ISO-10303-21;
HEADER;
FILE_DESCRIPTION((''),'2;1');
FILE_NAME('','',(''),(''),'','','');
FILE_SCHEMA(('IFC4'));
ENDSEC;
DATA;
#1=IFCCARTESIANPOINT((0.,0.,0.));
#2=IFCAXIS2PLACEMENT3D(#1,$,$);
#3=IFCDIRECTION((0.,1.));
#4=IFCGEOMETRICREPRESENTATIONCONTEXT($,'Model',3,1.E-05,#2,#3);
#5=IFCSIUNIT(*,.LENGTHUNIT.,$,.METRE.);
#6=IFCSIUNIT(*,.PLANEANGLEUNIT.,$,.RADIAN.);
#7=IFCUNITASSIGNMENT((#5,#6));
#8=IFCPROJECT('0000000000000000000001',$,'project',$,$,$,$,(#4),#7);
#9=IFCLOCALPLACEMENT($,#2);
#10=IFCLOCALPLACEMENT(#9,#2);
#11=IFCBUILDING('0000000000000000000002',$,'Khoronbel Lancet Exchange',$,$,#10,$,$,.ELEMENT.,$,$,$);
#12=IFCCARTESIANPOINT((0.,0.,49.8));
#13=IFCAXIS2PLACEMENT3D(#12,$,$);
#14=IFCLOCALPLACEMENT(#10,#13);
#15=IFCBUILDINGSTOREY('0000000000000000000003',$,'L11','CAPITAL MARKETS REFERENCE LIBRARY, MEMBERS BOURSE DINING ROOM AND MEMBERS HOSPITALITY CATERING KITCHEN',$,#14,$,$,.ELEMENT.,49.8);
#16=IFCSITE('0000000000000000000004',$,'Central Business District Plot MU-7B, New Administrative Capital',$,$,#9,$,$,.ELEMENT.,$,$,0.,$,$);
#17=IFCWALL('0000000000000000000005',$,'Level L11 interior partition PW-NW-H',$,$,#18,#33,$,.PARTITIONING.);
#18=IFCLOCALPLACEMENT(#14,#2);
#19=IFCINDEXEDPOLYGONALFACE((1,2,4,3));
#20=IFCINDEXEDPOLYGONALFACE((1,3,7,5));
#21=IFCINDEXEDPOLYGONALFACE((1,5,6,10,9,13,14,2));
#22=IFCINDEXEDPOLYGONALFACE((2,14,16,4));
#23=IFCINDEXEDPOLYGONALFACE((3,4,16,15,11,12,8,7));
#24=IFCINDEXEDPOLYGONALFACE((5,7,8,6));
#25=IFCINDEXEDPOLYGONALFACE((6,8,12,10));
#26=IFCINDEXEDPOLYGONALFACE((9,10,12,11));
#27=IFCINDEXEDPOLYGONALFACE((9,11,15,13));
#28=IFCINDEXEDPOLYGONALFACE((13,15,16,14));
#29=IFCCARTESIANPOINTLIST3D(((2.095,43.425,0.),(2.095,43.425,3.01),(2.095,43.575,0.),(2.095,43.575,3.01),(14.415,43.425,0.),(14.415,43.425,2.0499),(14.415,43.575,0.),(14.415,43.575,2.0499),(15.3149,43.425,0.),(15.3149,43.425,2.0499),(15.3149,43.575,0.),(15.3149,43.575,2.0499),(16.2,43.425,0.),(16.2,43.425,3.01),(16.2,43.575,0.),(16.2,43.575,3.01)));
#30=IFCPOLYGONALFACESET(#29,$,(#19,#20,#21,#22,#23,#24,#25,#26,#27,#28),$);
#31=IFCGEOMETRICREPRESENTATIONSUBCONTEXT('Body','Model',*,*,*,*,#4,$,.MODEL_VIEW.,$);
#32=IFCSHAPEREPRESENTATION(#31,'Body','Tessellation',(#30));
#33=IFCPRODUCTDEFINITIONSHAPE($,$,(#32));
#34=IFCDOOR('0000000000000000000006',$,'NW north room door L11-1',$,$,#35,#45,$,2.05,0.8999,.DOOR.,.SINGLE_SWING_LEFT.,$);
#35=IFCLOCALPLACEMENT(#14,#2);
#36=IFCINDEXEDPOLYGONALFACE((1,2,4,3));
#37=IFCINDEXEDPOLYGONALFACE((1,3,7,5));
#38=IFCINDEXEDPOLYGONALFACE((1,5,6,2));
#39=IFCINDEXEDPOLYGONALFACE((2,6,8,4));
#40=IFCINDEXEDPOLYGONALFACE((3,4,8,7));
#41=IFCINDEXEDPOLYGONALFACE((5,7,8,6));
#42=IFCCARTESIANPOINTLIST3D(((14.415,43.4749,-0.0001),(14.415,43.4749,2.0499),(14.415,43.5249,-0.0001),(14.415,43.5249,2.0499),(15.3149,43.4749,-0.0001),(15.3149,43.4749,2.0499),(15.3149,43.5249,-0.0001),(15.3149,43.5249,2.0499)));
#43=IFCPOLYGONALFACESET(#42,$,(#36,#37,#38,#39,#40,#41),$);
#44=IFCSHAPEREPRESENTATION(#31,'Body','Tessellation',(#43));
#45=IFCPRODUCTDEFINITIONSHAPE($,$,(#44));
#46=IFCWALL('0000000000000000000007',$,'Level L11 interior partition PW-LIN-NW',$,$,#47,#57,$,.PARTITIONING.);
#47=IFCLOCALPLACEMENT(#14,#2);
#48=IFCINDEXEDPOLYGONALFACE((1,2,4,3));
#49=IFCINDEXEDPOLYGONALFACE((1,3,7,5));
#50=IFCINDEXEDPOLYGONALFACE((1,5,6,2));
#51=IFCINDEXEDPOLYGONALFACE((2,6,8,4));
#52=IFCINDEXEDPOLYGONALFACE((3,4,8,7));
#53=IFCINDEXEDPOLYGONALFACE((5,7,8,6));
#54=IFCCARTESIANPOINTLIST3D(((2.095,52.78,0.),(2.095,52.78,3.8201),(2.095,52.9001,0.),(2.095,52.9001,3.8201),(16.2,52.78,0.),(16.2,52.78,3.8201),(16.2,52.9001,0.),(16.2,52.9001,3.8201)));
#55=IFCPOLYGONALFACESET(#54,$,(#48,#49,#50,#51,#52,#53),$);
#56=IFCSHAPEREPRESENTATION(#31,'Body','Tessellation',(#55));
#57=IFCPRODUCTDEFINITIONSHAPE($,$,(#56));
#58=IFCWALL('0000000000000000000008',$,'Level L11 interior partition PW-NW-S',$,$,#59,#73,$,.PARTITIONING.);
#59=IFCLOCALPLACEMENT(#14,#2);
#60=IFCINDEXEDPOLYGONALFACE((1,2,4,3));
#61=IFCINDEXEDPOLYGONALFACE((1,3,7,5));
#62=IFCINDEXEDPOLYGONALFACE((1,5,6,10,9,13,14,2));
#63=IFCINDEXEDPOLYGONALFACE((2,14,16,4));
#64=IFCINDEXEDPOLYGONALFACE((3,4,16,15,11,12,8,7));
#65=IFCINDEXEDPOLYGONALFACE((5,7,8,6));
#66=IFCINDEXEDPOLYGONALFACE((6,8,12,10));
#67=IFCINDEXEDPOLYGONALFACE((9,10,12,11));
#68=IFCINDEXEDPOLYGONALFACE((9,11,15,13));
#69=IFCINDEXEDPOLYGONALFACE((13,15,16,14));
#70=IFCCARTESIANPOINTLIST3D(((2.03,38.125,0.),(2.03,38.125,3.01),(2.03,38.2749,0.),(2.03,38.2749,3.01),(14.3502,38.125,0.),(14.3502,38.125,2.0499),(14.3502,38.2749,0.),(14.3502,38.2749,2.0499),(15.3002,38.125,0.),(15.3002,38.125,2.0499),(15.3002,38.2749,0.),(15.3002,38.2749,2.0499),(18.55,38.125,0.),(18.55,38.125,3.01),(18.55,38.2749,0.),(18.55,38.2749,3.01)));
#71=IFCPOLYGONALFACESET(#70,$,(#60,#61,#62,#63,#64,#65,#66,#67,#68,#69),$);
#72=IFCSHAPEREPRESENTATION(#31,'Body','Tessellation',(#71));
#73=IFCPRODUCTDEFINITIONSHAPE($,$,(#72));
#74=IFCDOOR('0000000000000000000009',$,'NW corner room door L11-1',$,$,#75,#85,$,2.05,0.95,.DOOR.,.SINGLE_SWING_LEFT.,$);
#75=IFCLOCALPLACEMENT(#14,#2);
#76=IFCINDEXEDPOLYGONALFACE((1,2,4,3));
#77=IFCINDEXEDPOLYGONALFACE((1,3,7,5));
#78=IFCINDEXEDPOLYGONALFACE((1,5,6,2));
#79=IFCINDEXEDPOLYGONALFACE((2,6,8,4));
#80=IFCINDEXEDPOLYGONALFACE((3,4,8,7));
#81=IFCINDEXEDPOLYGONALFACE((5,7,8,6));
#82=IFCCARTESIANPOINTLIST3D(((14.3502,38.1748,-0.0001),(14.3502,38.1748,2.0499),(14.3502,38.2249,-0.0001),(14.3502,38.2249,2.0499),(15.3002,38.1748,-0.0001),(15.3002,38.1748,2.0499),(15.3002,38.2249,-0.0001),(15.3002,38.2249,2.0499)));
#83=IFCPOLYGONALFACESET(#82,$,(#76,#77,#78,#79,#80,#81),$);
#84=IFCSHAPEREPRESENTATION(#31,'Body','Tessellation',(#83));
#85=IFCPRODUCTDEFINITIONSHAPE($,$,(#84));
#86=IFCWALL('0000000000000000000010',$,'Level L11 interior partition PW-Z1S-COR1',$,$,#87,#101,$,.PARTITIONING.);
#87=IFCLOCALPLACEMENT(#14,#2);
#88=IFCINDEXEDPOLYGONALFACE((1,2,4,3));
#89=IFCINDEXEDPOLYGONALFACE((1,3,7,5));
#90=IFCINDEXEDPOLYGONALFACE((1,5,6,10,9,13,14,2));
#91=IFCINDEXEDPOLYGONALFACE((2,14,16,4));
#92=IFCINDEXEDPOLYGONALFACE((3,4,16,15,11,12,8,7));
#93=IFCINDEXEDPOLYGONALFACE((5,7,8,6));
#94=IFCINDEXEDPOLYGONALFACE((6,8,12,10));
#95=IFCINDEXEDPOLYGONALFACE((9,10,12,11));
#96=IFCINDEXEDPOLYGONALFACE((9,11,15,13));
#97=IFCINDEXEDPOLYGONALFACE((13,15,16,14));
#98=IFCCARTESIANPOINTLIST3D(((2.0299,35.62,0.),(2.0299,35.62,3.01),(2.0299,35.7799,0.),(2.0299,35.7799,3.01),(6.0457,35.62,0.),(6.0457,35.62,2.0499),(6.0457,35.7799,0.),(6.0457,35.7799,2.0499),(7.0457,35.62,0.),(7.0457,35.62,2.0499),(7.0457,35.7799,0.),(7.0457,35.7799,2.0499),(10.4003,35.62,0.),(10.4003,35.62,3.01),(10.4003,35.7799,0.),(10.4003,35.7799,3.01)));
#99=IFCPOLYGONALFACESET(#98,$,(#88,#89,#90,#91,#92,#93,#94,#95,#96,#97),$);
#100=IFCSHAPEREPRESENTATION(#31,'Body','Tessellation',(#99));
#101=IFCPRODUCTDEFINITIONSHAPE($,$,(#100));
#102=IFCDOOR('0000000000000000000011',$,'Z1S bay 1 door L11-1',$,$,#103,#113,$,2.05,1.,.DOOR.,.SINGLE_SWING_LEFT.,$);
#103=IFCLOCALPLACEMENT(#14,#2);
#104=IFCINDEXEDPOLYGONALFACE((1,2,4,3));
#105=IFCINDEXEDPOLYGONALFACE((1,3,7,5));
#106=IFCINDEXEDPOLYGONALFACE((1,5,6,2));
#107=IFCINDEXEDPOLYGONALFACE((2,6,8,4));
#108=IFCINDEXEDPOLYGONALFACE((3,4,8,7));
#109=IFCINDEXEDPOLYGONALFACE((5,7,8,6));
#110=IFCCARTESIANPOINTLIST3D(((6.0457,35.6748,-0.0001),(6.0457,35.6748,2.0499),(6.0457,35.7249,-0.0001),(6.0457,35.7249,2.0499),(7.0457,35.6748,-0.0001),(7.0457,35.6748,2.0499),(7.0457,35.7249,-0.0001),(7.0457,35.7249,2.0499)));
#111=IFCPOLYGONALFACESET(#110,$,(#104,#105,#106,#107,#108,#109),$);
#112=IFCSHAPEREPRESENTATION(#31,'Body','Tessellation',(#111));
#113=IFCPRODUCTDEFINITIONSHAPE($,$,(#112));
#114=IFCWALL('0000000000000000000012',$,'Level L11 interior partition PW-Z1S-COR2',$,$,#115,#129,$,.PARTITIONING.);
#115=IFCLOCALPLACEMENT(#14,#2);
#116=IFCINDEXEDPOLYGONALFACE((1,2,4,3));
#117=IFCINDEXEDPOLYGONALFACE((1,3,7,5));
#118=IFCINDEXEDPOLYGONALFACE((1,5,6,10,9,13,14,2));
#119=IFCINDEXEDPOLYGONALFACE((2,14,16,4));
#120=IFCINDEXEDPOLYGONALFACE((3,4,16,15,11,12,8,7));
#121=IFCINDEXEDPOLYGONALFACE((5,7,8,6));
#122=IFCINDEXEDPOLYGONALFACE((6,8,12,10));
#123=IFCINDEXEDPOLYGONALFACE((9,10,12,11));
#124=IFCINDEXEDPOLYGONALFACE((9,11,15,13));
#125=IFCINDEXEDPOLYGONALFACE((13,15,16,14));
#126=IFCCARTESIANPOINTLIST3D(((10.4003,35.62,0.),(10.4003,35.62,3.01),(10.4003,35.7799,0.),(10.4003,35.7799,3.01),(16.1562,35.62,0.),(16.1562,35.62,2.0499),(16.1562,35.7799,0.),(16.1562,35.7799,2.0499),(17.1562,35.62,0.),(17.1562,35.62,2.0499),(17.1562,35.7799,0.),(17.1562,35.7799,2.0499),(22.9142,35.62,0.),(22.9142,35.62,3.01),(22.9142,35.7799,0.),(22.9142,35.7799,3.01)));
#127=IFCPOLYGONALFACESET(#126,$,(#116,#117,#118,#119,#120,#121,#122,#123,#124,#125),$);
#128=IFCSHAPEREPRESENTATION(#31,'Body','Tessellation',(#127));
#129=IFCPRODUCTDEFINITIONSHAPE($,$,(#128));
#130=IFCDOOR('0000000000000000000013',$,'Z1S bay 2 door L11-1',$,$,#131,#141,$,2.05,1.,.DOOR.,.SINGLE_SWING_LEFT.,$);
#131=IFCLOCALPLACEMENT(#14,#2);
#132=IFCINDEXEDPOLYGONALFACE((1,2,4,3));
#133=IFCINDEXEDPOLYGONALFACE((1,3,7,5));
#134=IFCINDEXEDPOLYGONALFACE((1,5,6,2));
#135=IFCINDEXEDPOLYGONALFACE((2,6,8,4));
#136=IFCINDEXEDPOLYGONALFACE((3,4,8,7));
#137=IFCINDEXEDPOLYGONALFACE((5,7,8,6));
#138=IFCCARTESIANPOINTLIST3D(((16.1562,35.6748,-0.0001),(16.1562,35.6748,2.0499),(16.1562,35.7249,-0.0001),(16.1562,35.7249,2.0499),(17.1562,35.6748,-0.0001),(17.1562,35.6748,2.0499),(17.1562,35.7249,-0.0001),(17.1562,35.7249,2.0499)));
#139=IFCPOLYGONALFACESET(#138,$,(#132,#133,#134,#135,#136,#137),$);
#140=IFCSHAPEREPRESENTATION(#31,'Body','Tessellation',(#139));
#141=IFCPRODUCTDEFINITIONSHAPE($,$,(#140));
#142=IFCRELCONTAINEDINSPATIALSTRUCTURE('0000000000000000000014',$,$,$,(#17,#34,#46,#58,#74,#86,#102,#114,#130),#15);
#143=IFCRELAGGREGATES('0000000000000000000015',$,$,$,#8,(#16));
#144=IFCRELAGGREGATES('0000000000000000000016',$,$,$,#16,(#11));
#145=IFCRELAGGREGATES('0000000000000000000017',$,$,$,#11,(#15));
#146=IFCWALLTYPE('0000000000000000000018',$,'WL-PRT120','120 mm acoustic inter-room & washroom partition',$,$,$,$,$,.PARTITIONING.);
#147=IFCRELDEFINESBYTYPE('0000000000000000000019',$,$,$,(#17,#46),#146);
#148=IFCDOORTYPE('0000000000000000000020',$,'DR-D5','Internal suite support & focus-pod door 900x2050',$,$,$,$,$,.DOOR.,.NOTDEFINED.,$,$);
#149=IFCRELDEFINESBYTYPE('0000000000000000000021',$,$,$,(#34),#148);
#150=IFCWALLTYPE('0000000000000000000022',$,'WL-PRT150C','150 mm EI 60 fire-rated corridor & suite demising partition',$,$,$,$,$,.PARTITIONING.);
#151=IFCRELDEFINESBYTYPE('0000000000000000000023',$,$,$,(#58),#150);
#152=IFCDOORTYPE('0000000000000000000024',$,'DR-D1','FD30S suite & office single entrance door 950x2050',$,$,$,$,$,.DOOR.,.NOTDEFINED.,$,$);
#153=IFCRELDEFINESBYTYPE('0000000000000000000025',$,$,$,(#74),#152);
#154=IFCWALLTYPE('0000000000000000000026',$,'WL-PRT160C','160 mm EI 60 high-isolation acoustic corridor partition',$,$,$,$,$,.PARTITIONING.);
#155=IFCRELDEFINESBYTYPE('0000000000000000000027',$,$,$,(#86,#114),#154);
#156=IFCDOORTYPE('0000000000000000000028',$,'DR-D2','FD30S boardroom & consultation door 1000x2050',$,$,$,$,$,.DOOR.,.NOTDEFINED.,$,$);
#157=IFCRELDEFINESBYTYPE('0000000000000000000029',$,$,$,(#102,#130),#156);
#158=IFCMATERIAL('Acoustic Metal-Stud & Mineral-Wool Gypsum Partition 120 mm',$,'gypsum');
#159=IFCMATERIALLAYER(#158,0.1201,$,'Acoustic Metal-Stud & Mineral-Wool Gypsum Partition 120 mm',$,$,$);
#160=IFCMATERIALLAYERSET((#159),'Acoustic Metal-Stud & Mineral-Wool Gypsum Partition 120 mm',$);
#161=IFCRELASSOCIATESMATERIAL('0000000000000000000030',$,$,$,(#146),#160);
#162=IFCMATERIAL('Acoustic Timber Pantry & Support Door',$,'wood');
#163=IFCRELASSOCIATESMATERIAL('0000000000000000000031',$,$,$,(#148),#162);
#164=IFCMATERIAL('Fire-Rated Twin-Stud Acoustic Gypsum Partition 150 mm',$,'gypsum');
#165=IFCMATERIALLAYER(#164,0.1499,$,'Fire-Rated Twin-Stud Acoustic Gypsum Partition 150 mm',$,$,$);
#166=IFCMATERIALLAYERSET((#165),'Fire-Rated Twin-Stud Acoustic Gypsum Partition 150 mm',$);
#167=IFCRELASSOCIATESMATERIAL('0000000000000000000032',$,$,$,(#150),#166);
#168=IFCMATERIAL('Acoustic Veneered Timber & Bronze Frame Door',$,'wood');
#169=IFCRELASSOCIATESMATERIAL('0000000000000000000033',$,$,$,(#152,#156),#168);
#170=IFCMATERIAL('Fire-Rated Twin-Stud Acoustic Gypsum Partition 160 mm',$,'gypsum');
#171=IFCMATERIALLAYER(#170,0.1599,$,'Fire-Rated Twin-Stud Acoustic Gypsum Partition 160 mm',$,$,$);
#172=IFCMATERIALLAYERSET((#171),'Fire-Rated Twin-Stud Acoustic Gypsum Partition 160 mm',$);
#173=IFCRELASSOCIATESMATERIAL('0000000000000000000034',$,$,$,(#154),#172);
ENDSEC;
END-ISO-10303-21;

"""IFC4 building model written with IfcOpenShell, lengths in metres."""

from ifc_helpers import new_model, si_unit, direction, frame, frame_2d, origin, place, context, subcontext, project, spatial, rectangle, extrude, material, layer, layer_set, type_object, element, fill, save


model = new_model("IFC4")

# Units and contexts
model_context = context("Model", 3, precision=1e-05, world=origin(), true_north=direction((0.0, 1.0)))
body_context = subcontext(model_context, "Body", "Model", "MODEL_VIEW")
ifc_project = project(units=[si_unit("LENGTHUNIT", "METRE"), si_unit("PLANEANGLEUNIT", "RADIAN")], contexts=[model_context])

# Site, building, storey
site_placement = place(None, origin())
site = spatial("IfcSite", under=ifc_project, at=site_placement, Name="Central Business District Plot MU-7B, New Administrative Capital", CompositionType="ELEMENT", RefElevation=0.0)
building_placement = place(site_placement, origin())
building = spatial("IfcBuilding", under=site, at=building_placement, Name="Khoronbel Lancet Exchange", CompositionType="ELEMENT")
storey_placement = place(building_placement, frame((0.0, 0.0, 49.8)))
storey = spatial("IfcBuildingStorey", under=building, at=storey_placement, Name="L11", Description="CAPITAL MARKETS REFERENCE LIBRARY, MEMBERS BOURSE DINING ROOM AND MEMBERS HOSPITALITY CATERING KITCHEN", CompositionType="ELEMENT", Elevation=49.8)

# Wall, opening, door
ifc_material_1 = material(Name="Acoustic Metal-Stud & Mineral-Wool Gypsum Partition 120 mm", Category="gypsum")
ifc_layer_1 = layer(ifc_material_1, 0.1201, Name="Acoustic Metal-Stud & Mineral-Wool Gypsum Partition 120 mm")
ifc_layer_set_1 = layer_set([ifc_layer_1], Name="Acoustic Metal-Stud & Mineral-Wool Gypsum Partition 120 mm")
wall_type_1 = type_object("IfcWallType", Name="WL-PRT120", Description="120 mm acoustic inter-room & washroom partition", PredefinedType="PARTITIONING", material=ifc_layer_set_1)
wall_1_placement = place(storey_placement, frame((2.095, 43.5, 0.0), z_axis=(0.0, 0.0, 1.0), x_axis=(1.0, 0.0, 0.0)))
wall_1 = element("IfcWall", 1, at=wall_1_placement, inside=storey, type_object=wall_type_1, Name="Level L11 interior partition PW-NW-H", PredefinedType="PARTITIONING", context=body_context, shape_type="SweptSolid", body=[
    extrude(rectangle(XDim=14.105, YDim=0.1499, at=frame_2d((7.0525, 0.0))), origin(), (0.0, 0.0, 1.0), 3.01),
])
opening_1_placement = place(wall_1_placement, frame((12.3201, 0.0, 0.0)))
opening_1 = element("IfcOpeningElement", 2, at=opening_1_placement, cuts=wall_1, PredefinedType="OPENING", context=body_context, shape_type="SweptSolid", body=[
    extrude(rectangle(XDim=0.8999, YDim=2.05, at=frame_2d((0.45, 1.0249))), frame((0.0, 0.085, 0.0), z_axis=(0.0, -1.0, 0.0), x_axis=(1.0, 0.0, 0.0)), (0.0, 0.0, 1.0), 0.1699),
])
ifc_material_2 = material(Name="Acoustic Timber Pantry & Support Door", Category="wood")
door_type_1 = type_object("IfcDoorType", Name="DR-D5", Description="Internal suite support & focus-pod door 900x2050", OperationType="NOTDEFINED", PredefinedType="DOOR", material=ifc_material_2)
door_1_placement = place(opening_1_placement, origin())
door_1 = element("IfcDoor", 3, at=door_1_placement, inside=storey, type_object=door_type_1, Name="NW north room door L11-1", OperationType="SINGLE_SWING_LEFT", OverallHeight=2.05, OverallWidth=0.8999, PredefinedType="DOOR", context=body_context, shape_type="SweptSolid", body=[
    extrude(rectangle(XDim=0.8999, YDim=2.05, at=frame_2d((0.45, 1.0249))), frame((0.0, 0.0249, 0.0), z_axis=(0.0, -1.0, 0.0), x_axis=(1.0, 0.0, 0.0)), (0.0, 0.0, 1.0), 0.05),
])
fill(opening_1, door_1)

# Wall
wall_2_placement = place(storey_placement, frame((2.095, 52.8401, 0.0), z_axis=(0.0, 0.0, 1.0), x_axis=(1.0, 0.0, 0.0)))
element("IfcWall", 4, at=wall_2_placement, inside=storey, type_object=wall_type_1, Name="Level L11 interior partition PW-LIN-NW", PredefinedType="PARTITIONING", context=body_context, shape_type="SweptSolid", body=[
    extrude(rectangle(XDim=14.105, YDim=0.1201, at=frame_2d((7.0525, 0.0))), origin(), (0.0, 0.0, 1.0), 3.8201),
])

# Walls, openings, doors
ifc_material_3 = material(Name="Fire-Rated Twin-Stud Acoustic Gypsum Partition 150 mm", Category="gypsum")
ifc_layer_2 = layer(ifc_material_3, 0.1499, Name="Fire-Rated Twin-Stud Acoustic Gypsum Partition 150 mm")
ifc_layer_set_2 = layer_set([ifc_layer_2], Name="Fire-Rated Twin-Stud Acoustic Gypsum Partition 150 mm")
wall_type_2 = type_object("IfcWallType", Name="WL-PRT150C", Description="150 mm EI 60 fire-rated corridor & suite demising partition", PredefinedType="PARTITIONING", material=ifc_layer_set_2)
wall_3_placement = place(storey_placement, frame((2.03, 38.2, 0.0), z_axis=(0.0, 0.0, 1.0), x_axis=(1.0, 0.0, 0.0)))
wall_3 = element("IfcWall", 5, at=wall_3_placement, inside=storey, type_object=wall_type_2, Name="Level L11 interior partition PW-NW-S", PredefinedType="PARTITIONING", context=body_context, shape_type="SweptSolid", body=[
    extrude(rectangle(XDim=16.52, YDim=0.1499, at=frame_2d((8.26, 0.0))), origin(), (0.0, 0.0, 1.0), 3.01),
])
opening_2_placement = place(wall_3_placement, frame((12.3201, 0.0, 0.0)))
opening_2 = element("IfcOpeningElement", 6, at=opening_2_placement, cuts=wall_3, PredefinedType="OPENING", context=body_context, shape_type="SweptSolid", body=[
    extrude(rectangle(XDim=0.95, YDim=2.05, at=frame_2d((0.4751, 1.0249))), frame((0.0, 0.085, 0.0), z_axis=(0.0, -1.0, 0.0), x_axis=(1.0, 0.0, 0.0)), (0.0, 0.0, 1.0), 0.1699),
])
ifc_material_4 = material(Name="Acoustic Veneered Timber & Bronze Frame Door", Category="wood")
door_type_2 = type_object("IfcDoorType", Name="DR-D1", Description="FD30S suite & office single entrance door 950x2050", OperationType="NOTDEFINED", PredefinedType="DOOR", material=ifc_material_4)
door_2_placement = place(opening_2_placement, origin())
door_2 = element("IfcDoor", 7, at=door_2_placement, inside=storey, type_object=door_type_2, Name="NW corner room door L11-1", OperationType="SINGLE_SWING_LEFT", OverallHeight=2.05, OverallWidth=0.95, PredefinedType="DOOR", context=body_context, shape_type="SweptSolid", body=[
    extrude(rectangle(XDim=0.95, YDim=2.05, at=frame_2d((0.4751, 1.0249))), frame((0.0, 0.0249, 0.0), z_axis=(0.0, -1.0, 0.0), x_axis=(1.0, 0.0, 0.0)), (0.0, 0.0, 1.0), 0.05),
])
fill(opening_2, door_2)
ifc_material_5 = material(Name="Fire-Rated Twin-Stud Acoustic Gypsum Partition 160 mm", Category="gypsum")
ifc_layer_3 = layer(ifc_material_5, 0.1599, Name="Fire-Rated Twin-Stud Acoustic Gypsum Partition 160 mm")
ifc_layer_set_3 = layer_set([ifc_layer_3], Name="Fire-Rated Twin-Stud Acoustic Gypsum Partition 160 mm")
wall_type_3 = type_object("IfcWallType", Name="WL-PRT160C", Description="160 mm EI 60 high-isolation acoustic corridor partition", PredefinedType="PARTITIONING", material=ifc_layer_set_3)
wall_4_placement = place(storey_placement, frame((2.03, 35.7, 0.0), z_axis=(0.0, 0.0, 1.0), x_axis=(1.0, 0.0, 0.0)))
wall_4 = element("IfcWall", 8, at=wall_4_placement, inside=storey, type_object=wall_type_3, Name="Level L11 interior partition PW-Z1S-COR1", PredefinedType="PARTITIONING", context=body_context, shape_type="SweptSolid", body=[
    extrude(rectangle(XDim=8.3704, YDim=0.1599, at=frame_2d((4.1851, 0.0))), origin(), (0.0, 0.0, 1.0), 3.01),
])
opening_3_placement = place(wall_4_placement, frame((4.0156, 0.0, 0.0)))
opening_3 = element("IfcOpeningElement", 9, at=opening_3_placement, cuts=wall_4, PredefinedType="OPENING", context=body_context, shape_type="SweptSolid", body=[
    extrude(rectangle(XDim=1.0, YDim=2.05, at=frame_2d((0.5, 1.0249))), frame((0.0, 0.0898, 0.0), z_axis=(0.0, -1.0, 0.0), x_axis=(1.0, 0.0, 0.0)), (0.0, 0.0, 1.0), 0.1799),
])
door_type_3 = type_object("IfcDoorType", Name="DR-D2", Description="FD30S boardroom & consultation door 1000x2050", OperationType="NOTDEFINED", PredefinedType="DOOR", material=ifc_material_4)
door_3_placement = place(opening_3_placement, origin())
door_3 = element("IfcDoor", 10, at=door_3_placement, inside=storey, type_object=door_type_3, Name="Z1S bay 1 door L11-1", OperationType="SINGLE_SWING_LEFT", OverallHeight=2.05, OverallWidth=1.0, PredefinedType="DOOR", context=body_context, shape_type="SweptSolid", body=[
    extrude(rectangle(XDim=1.0, YDim=2.05, at=frame_2d((0.5, 1.0249))), frame((0.0, 0.0249, 0.0), z_axis=(0.0, -1.0, 0.0), x_axis=(1.0, 0.0, 0.0)), (0.0, 0.0, 1.0), 0.05),
])
fill(opening_3, door_3)
wall_5_placement = place(storey_placement, frame((10.4004, 35.7, 0.0), z_axis=(0.0, 0.0, 1.0), x_axis=(1.0, 0.0, 0.0)))
wall_5 = element("IfcWall", 11, at=wall_5_placement, inside=storey, type_object=wall_type_3, Name="Level L11 interior partition PW-Z1S-COR2", PredefinedType="PARTITIONING", context=body_context, shape_type="SweptSolid", body=[
    extrude(rectangle(XDim=12.5139, YDim=0.1599, at=frame_2d((6.2568, 0.0))), origin(), (0.0, 0.0, 1.0), 3.01),
])
opening_4_placement = place(wall_5_placement, frame((5.7559, 0.0, 0.0)))
opening_4 = element("IfcOpeningElement", 12, at=opening_4_placement, cuts=wall_5, PredefinedType="OPENING", context=body_context, shape_type="SweptSolid", body=[
    extrude(rectangle(XDim=1.0, YDim=2.05, at=frame_2d((0.5, 1.0249))), frame((0.0, 0.0898, 0.0), z_axis=(0.0, -1.0, 0.0), x_axis=(1.0, 0.0, 0.0)), (0.0, 0.0, 1.0), 0.1799),
])
door_4_placement = place(opening_4_placement, origin())
door_4 = element("IfcDoor", 13, at=door_4_placement, inside=storey, type_object=door_type_3, Name="Z1S bay 2 door L11-1", OperationType="SINGLE_SWING_LEFT", OverallHeight=2.05, OverallWidth=1.0, PredefinedType="DOOR", context=body_context, shape_type="SweptSolid", body=[
    extrude(rectangle(XDim=1.0, YDim=2.05, at=frame_2d((0.5, 1.0249))), frame((0.0, 0.0249, 0.0), z_axis=(0.0, -1.0, 0.0), x_axis=(1.0, 0.0, 0.0)), (0.0, 0.0, 1.0), 0.05),
])
fill(opening_4, door_4)

save(model, "model.ifc")
